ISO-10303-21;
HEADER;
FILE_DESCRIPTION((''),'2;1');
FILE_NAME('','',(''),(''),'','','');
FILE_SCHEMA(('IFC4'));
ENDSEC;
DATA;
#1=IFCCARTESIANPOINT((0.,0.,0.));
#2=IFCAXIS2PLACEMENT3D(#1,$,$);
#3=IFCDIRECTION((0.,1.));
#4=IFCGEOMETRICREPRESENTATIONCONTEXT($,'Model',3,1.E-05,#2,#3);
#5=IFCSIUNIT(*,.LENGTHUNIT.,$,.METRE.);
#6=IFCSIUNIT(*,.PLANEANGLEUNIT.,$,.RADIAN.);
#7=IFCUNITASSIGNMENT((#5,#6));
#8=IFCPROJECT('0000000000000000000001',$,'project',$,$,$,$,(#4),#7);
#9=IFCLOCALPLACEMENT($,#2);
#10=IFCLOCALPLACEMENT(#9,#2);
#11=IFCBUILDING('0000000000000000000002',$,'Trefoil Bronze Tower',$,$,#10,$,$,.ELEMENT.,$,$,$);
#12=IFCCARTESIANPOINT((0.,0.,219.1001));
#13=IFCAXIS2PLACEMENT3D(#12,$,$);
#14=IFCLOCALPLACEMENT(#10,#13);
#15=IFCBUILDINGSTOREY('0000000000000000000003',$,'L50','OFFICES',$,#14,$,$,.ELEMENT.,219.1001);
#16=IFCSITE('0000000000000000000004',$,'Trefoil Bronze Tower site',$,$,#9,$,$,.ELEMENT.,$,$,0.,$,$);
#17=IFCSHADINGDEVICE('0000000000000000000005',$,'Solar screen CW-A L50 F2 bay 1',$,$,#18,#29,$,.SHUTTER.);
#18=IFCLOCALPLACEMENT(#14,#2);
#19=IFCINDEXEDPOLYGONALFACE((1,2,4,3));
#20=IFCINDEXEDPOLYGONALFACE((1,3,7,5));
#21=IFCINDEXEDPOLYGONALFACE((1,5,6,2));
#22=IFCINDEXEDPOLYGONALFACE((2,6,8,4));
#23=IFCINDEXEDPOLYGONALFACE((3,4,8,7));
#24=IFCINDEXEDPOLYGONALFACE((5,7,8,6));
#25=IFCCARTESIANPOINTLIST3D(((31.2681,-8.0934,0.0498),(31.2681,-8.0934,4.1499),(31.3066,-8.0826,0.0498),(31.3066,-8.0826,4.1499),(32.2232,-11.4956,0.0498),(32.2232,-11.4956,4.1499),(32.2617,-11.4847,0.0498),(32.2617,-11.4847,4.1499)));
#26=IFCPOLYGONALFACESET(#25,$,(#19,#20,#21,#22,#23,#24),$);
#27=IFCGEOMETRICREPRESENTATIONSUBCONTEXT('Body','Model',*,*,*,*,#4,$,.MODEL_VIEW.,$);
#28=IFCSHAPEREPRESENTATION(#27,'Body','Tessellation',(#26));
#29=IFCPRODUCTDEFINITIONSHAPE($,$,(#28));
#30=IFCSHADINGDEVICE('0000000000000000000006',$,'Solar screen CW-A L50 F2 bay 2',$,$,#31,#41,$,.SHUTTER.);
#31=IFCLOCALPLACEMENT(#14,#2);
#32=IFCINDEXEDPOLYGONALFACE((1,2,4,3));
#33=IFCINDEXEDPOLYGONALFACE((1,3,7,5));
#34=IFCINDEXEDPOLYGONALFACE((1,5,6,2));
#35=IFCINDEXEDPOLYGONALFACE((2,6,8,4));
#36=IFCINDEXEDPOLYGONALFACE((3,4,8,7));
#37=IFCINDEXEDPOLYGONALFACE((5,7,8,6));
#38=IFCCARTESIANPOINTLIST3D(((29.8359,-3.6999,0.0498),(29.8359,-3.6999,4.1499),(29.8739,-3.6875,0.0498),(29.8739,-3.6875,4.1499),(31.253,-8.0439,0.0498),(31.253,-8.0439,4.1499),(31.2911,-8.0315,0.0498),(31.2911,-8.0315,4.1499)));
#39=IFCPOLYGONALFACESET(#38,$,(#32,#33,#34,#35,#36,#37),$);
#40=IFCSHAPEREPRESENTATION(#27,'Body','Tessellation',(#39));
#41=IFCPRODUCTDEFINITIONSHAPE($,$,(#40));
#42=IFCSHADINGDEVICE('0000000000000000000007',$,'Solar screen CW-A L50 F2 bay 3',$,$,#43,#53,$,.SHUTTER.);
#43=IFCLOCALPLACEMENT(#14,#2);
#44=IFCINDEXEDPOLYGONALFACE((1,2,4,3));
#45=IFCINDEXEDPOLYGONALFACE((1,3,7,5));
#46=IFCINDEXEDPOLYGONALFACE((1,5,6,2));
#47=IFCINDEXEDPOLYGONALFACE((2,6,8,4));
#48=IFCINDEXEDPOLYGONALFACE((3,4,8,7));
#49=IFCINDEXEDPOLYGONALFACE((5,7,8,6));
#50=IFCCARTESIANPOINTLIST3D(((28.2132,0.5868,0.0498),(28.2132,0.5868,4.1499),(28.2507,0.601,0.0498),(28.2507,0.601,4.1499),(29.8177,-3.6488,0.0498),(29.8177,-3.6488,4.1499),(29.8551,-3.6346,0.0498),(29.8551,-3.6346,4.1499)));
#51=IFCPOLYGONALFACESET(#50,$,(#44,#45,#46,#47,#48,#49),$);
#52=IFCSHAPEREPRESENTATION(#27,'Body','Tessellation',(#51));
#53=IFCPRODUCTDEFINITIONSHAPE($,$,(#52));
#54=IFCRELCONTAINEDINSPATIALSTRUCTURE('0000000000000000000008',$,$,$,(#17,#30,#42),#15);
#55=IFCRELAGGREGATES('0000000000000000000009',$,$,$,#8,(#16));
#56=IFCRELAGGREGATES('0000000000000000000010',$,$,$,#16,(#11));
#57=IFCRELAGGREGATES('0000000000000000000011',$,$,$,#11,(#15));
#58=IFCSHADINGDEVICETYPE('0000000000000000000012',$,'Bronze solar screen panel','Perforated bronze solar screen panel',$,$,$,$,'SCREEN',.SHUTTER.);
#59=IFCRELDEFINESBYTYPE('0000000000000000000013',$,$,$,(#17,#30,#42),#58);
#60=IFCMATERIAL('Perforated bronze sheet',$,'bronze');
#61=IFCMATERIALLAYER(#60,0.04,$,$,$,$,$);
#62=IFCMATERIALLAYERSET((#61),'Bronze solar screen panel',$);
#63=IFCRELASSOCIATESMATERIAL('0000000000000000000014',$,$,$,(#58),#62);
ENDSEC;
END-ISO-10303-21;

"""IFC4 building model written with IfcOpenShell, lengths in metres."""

from ifc_helpers import new_model, si_unit, direction, frame, origin, origin_2d, place, context, subcontext, project, spatial, rectangle, extrude, material, layer, layer_set, type_object, element, save


model = new_model("IFC4")

# Units and contexts
model_context = context("Model", 3, precision=1e-05, world=origin(), true_north=direction((0.0, 1.0)))
body_context = subcontext(model_context, "Body", "Model", "MODEL_VIEW")
ifc_project = project(units=[si_unit("LENGTHUNIT", "METRE"), si_unit("PLANEANGLEUNIT", "RADIAN")], contexts=[model_context])

# Site, building, storey
site_placement = place(None, origin())
site = spatial("IfcSite", under=ifc_project, at=site_placement, Name="Trefoil Bronze Tower site", CompositionType="ELEMENT", RefElevation=0.0)
building_placement = place(site_placement, origin())
building = spatial("IfcBuilding", under=site, at=building_placement, Name="Trefoil Bronze Tower", CompositionType="ELEMENT")
storey_placement = place(building_placement, frame((0.0, 0.0, 219.1001)))
storey = spatial("IfcBuildingStorey", under=building, at=storey_placement, Name="L50", Description="OFFICES", CompositionType="ELEMENT", Elevation=219.1001)

# Shading devices
ifc_material_1 = material(Name="Perforated bronze sheet", Category="bronze")
ifc_layer_1 = layer(ifc_material_1, 0.04)
ifc_layer_set_1 = layer_set([ifc_layer_1], Name="Bronze solar screen panel")
shading_device_type = type_object("IfcShadingDeviceType", Name="Bronze solar screen panel", Description="Perforated bronze solar screen panel", ElementType="SCREEN", PredefinedType="SHUTTER", material=ifc_layer_set_1)
shading_device_1_placement = place(storey_placement, frame((31.7649, -9.7891, 0.0498), z_axis=(0.0, 0.0, 1.0), x_axis=(-0.270282, 0.962781, 0.0)))
element("IfcShadingDevice", 1, at=shading_device_1_placement, inside=storey, type_object=shading_device_type, Name="Solar screen CW-A L50 F2 bay 1", PredefinedType="SHUTTER", context=body_context, shape_type="SweptSolid", body=[
    extrude(rectangle(XDim=3.5337, YDim=0.04, at=origin_2d()), origin(), (0.0, 0.0, 1.0), 4.1001),
])
shading_device_2_placement = place(storey_placement, frame((30.5635, -5.8657, 0.0498), z_axis=(0.0, 0.0, 1.0), x_axis=(-0.310149, 0.950688, 0.0)))
element("IfcShadingDevice", 2, at=shading_device_2_placement, inside=storey, type_object=shading_device_type, Name="Solar screen CW-A L50 F2 bay 2", PredefinedType="SHUTTER", context=body_context, shape_type="SweptSolid", body=[
    extrude(rectangle(XDim=4.5693, YDim=0.04, at=origin_2d()), origin(), (0.0, 0.0, 1.0), 4.1001),
])
shading_device_3_placement = place(storey_placement, frame((29.0342, -1.5239, 0.0498), z_axis=(0.0, 0.0, 1.0), x_axis=(-0.354234, 0.935157, 0.0)))
element("IfcShadingDevice", 3, at=shading_device_3_placement, inside=storey, type_object=shading_device_type, Name="Solar screen CW-A L50 F2 bay 3", PredefinedType="SHUTTER", context=body_context, shape_type="SweptSolid", body=[
    extrude(rectangle(XDim=4.5293, YDim=0.04, at=origin_2d()), origin(), (0.0, 0.0, 1.0), 4.1001),
])

save(model, "model.ifc")
